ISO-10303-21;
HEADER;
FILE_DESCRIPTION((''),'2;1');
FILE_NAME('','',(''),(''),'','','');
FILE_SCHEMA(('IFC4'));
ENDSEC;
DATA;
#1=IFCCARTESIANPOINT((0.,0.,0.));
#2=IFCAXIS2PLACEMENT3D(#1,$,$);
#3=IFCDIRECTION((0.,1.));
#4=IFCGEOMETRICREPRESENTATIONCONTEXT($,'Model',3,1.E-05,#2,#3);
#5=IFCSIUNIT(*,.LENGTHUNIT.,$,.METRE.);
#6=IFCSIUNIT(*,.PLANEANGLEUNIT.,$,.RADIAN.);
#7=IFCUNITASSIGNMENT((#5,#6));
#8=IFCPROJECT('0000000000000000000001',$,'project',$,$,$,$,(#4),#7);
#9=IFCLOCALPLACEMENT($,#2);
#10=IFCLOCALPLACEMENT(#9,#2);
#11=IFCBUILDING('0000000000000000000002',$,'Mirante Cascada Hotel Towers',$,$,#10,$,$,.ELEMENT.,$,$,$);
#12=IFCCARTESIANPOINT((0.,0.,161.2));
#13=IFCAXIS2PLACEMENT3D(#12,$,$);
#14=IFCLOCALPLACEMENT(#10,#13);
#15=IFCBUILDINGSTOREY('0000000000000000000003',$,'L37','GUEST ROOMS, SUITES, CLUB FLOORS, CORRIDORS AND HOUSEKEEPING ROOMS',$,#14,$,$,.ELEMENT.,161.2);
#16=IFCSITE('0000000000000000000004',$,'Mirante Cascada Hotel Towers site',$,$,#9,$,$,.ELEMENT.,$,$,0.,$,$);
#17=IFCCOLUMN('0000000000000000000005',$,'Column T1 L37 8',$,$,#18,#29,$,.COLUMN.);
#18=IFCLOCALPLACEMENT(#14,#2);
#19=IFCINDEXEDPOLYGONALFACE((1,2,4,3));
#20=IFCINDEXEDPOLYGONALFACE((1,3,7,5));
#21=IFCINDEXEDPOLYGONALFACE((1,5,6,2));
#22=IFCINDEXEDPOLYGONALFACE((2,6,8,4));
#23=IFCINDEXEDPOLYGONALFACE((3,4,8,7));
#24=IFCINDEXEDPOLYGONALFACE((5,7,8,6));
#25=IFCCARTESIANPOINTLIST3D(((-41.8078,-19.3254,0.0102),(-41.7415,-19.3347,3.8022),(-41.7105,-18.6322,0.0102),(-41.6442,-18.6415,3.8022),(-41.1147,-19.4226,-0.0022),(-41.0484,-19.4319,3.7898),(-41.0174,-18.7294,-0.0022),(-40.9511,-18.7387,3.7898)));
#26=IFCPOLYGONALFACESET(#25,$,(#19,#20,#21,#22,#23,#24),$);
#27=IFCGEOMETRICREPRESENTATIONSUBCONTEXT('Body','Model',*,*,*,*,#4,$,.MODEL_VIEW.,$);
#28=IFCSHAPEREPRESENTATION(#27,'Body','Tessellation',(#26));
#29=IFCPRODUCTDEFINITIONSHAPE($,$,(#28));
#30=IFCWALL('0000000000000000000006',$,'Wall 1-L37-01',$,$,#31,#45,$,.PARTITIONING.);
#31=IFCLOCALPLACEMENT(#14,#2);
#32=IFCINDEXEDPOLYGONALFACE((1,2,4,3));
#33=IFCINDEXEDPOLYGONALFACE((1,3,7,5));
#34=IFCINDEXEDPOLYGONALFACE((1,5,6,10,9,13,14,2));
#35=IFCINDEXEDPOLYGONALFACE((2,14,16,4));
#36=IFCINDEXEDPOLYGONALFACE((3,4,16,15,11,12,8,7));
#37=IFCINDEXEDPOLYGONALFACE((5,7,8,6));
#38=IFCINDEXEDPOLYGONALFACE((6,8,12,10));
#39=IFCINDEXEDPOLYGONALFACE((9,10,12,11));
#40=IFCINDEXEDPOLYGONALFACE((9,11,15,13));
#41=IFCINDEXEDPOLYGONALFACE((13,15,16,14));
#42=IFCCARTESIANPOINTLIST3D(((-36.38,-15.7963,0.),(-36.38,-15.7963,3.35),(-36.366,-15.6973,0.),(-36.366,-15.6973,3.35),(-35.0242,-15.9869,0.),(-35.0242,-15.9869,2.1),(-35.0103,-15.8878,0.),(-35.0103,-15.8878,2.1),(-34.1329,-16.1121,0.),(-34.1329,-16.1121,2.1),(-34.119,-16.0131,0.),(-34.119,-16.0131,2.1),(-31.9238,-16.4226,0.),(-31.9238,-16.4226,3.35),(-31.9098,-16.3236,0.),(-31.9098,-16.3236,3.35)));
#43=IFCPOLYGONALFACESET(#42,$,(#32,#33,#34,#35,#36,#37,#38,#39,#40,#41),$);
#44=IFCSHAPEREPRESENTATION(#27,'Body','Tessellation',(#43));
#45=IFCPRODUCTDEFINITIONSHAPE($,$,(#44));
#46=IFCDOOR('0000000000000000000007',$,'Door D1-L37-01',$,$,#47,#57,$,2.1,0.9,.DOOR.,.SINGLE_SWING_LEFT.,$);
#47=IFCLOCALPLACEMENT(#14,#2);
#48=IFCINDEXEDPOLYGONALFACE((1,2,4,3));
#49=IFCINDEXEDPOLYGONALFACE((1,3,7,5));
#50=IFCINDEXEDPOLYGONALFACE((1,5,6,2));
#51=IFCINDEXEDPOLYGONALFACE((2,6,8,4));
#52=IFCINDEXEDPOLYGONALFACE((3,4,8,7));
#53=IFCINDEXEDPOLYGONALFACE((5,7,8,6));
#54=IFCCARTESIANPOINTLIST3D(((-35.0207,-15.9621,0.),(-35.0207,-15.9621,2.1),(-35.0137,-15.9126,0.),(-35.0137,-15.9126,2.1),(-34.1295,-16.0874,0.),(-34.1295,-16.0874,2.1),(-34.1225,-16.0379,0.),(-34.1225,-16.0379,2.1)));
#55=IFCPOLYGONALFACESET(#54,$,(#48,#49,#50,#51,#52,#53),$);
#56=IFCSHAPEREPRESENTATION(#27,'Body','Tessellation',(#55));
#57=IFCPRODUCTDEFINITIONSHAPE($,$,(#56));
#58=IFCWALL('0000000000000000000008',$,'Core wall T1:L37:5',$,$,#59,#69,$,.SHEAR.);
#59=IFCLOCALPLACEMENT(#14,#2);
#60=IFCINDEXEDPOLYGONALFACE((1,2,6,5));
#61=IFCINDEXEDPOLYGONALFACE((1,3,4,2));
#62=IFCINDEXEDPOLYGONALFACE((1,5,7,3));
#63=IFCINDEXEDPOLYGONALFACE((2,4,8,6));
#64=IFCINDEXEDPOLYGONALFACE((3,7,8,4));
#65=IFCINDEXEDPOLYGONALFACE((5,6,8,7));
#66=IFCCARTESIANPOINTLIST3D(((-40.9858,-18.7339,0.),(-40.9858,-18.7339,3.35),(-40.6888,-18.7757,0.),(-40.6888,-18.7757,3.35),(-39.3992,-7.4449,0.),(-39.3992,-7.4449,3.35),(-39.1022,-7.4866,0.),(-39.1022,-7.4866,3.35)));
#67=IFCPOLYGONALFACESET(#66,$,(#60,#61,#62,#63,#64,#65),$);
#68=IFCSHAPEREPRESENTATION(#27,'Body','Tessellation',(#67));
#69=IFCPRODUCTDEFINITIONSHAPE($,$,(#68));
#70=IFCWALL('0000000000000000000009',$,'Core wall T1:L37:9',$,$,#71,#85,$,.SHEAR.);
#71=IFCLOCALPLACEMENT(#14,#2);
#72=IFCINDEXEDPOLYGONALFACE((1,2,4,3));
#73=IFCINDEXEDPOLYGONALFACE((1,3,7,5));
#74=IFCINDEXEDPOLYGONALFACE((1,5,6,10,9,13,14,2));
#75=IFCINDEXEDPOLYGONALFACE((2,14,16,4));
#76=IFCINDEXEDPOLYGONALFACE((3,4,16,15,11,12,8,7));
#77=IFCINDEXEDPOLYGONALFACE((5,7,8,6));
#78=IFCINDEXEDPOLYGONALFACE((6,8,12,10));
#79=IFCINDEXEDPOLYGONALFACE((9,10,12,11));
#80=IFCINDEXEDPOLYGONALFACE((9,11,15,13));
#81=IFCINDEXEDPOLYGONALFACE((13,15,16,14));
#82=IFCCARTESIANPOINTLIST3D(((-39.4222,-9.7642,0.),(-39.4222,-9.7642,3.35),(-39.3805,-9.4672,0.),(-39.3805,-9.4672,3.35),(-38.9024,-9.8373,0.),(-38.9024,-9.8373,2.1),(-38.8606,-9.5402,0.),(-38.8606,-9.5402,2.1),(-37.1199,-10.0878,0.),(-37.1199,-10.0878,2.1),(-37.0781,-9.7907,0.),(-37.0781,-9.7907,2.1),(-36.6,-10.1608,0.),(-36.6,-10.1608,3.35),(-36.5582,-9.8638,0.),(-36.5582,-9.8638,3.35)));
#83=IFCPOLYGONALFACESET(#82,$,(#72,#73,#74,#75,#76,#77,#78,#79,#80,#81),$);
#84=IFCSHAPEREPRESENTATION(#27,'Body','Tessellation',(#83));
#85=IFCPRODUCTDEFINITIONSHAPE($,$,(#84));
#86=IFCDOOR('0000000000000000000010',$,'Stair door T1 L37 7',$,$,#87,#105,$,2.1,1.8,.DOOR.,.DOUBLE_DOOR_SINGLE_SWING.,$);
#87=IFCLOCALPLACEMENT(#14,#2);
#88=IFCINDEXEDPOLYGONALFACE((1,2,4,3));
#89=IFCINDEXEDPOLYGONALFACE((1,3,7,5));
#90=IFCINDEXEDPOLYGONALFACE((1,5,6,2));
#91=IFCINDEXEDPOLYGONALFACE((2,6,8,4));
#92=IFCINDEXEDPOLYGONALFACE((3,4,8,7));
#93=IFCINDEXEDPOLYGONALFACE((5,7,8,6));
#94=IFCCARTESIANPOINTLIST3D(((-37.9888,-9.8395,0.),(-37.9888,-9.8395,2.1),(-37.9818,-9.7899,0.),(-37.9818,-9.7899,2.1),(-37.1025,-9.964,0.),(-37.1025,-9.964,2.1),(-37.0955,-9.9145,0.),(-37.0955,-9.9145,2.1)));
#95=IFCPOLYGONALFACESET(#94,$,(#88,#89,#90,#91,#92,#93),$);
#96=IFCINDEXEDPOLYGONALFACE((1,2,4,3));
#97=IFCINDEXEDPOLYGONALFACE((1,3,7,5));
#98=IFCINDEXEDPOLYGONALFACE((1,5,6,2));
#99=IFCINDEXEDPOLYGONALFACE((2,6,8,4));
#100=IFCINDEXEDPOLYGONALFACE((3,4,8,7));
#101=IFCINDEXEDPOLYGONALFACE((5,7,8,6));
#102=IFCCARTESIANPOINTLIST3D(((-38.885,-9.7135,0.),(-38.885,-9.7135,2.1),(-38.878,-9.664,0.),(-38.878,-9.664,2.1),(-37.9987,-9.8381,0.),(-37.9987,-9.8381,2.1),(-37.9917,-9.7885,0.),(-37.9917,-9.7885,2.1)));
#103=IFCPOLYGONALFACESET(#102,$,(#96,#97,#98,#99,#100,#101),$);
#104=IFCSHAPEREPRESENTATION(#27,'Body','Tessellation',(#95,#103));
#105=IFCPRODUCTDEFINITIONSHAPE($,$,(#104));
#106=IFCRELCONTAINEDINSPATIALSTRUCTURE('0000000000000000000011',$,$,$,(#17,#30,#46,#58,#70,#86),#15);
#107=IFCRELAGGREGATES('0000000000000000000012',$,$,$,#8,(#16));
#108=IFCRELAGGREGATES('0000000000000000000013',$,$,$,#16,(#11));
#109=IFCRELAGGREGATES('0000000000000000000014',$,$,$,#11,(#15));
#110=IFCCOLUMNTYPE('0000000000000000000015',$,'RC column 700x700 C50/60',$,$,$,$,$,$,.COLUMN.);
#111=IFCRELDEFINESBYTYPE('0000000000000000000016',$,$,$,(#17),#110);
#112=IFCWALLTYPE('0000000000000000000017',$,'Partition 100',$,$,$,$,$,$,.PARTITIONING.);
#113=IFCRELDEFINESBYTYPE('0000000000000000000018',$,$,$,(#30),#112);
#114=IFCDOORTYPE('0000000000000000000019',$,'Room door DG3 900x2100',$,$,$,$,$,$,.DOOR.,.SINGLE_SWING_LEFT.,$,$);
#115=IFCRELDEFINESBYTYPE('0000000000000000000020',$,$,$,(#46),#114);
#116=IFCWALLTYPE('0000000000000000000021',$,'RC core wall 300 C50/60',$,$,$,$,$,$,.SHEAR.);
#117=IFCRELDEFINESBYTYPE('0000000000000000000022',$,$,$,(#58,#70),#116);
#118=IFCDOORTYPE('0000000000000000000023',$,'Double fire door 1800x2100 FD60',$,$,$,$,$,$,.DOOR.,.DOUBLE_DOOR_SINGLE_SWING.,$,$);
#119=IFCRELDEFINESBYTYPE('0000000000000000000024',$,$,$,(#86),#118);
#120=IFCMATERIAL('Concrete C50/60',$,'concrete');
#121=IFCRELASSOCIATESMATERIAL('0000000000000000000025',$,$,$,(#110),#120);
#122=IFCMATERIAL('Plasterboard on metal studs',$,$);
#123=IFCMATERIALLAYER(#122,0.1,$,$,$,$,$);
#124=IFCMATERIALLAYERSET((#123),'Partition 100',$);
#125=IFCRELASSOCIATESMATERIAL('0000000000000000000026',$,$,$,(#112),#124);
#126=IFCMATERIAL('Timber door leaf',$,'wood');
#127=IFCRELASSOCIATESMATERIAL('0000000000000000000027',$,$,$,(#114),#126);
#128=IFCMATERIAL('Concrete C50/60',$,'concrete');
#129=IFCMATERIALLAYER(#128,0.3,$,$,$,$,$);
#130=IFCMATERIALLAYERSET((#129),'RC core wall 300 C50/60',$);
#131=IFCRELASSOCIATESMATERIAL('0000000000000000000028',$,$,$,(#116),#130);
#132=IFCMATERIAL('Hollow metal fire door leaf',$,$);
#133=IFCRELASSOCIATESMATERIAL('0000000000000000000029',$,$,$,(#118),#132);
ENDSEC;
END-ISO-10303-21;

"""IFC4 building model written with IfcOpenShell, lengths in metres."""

from ifc_helpers import new_model, si_unit, direction, frame, frame_2d, origin, origin_2d, place, context, subcontext, project, spatial, rectangle, extrude, material, layer, layer_set, material_profile, profile_set, type_object, element, fill, save


model = new_model("IFC4")

# Units and contexts
model_context = context("Model", 3, precision=1e-05, world=origin(), true_north=direction((0.0, 1.0)))
body_context = subcontext(model_context, "Body", "Model", "MODEL_VIEW")
ifc_project = project(units=[si_unit("LENGTHUNIT", "METRE"), si_unit("PLANEANGLEUNIT", "RADIAN")], contexts=[model_context])

# Site, building, storey
site_placement = place(None, origin())
site = spatial("IfcSite", under=ifc_project, at=site_placement, Name="Mirante Cascada Hotel Towers site", CompositionType="ELEMENT", RefElevation=0.0)
building_placement = place(site_placement, origin())
building = spatial("IfcBuilding", under=site, at=building_placement, Name="Mirante Cascada Hotel Towers", CompositionType="ELEMENT")
storey_placement = place(building_placement, frame((0.0, 0.0, 161.2)))
storey = spatial("IfcBuildingStorey", under=building, at=storey_placement, Name="L37", Description="GUEST ROOMS, SUITES, CLUB FLOORS, CORRIDORS AND HOUSEKEEPING ROOMS", CompositionType="ELEMENT", Elevation=161.2)

# Column
ifc_material_1 = material(Name="Concrete C50/60", Category="concrete")
ifc_material_profile = material_profile(ifc_material_1, rectangle(XDim=0.7, YDim=0.7, at=origin_2d()), Name="RC column 700x700 C50/60")
ifc_profile_set = profile_set([ifc_material_profile], Name="Concrete C50/60")
column_type = type_object("IfcColumnType", Name="RC column 700x700 C50/60", PredefinedType="COLUMN", material=ifc_profile_set)
column_placement = place(storey_placement, frame((-41.4126, -19.0274, 0.004), z_axis=(0.017482, -0.002452, 0.999844), x_axis=(0.138911, 0.990305, 0.0)))
element("IfcColumn", 1, at=column_placement, inside=storey, type_object=column_type, Name="Column T1 L37 8", PredefinedType="COLUMN", context=body_context, shape_type="SweptSolid", body=[
    extrude(rectangle(XDim=0.7, YDim=0.7, at=origin_2d()), origin(), (0.0, 0.0, 1.0), 3.7926),
])

# Wall, opening, door
ifc_material_2 = material(Name="Plasterboard on metal studs")
ifc_layer_1 = layer(ifc_material_2, 0.1)
ifc_layer_set_1 = layer_set([ifc_layer_1], Name="Partition 100")
wall_type_1 = type_object("IfcWallType", Name="Partition 100", PredefinedType="PARTITIONING", material=ifc_layer_set_1)
wall_1_placement = place(storey_placement, frame((-36.373, -15.7468, 0.0), z_axis=(0.0, 0.0, 1.0), x_axis=(0.990267, -0.139178, 0.0)))
wall_1 = element("IfcWall", 2, at=wall_1_placement, inside=storey, type_object=wall_type_1, Name="Wall 1-L37-01", PredefinedType="PARTITIONING", context=body_context, shape_type="SweptSolid", body=[
    extrude(rectangle(XDim=4.5, YDim=0.1, at=frame_2d((2.25, 0.0))), origin(), (0.0, 0.0, 1.0), 3.35),
])
opening_1_placement = place(wall_1_placement, frame((1.3691, 0.0, 0.0)))
opening_1 = element("IfcOpeningElement", 3, at=opening_1_placement, cuts=wall_1, PredefinedType="OPENING", context=body_context, shape_type="SweptSolid", body=[
    extrude(rectangle(XDim=0.9, YDim=2.1, at=frame_2d((0.45, 1.05))), frame((0.0, 0.05, 0.0), z_axis=(0.0, -1.0, 0.0), x_axis=(1.0, 0.0, 0.0)), (0.0, 0.0, 1.0), 0.1),
])
ifc_material_3 = material(Name="Timber door leaf", Category="wood")
door_type_1 = type_object("IfcDoorType", Name="Room door DG3 900x2100", OperationType="SINGLE_SWING_LEFT", PredefinedType="DOOR", material=ifc_material_3)
door_1_placement = place(opening_1_placement, origin())
door_1 = element("IfcDoor", 4, at=door_1_placement, inside=storey, type_object=door_type_1, Name="Door D1-L37-01", OperationType="SINGLE_SWING_LEFT", OverallHeight=2.1, OverallWidth=0.9, PredefinedType="DOOR", context=body_context, shape_type="SweptSolid", body=[
    extrude(rectangle(XDim=0.9, YDim=2.1, at=frame_2d((0.45, 1.05))), frame((0.0, 0.025, 0.0), z_axis=(0.0, -1.0, 0.0), x_axis=(1.0, 0.0, 0.0)), (0.0, 0.0, 1.0), 0.05),
])
fill(opening_1, door_1)

# Wall
ifc_material_4 = material(Name="Concrete C50/60", Category="concrete")
ifc_layer_2 = layer(ifc_material_4, 0.3)
ifc_layer_set_2 = layer_set([ifc_layer_2], Name="RC core wall 300 C50/60")
wall_type_2 = type_object("IfcWallType", Name="RC core wall 300 C50/60", PredefinedType="SHEAR", material=ifc_layer_set_2)
wall_2_placement = place(storey_placement, frame((-40.8373, -18.7548, 0.0), z_axis=(0.0, 0.0, 1.0), x_axis=(0.139175, 0.990268, 0.0)))
element("IfcWall", 5, at=wall_2_placement, inside=storey, type_object=wall_type_2, Name="Core wall T1:L37:5", PredefinedType="SHEAR", context=body_context, shape_type="SweptSolid", body=[
    extrude(rectangle(XDim=11.4, YDim=0.3, at=frame_2d((5.7, 0.0))), origin(), (0.0, 0.0, 1.0), 3.35),
])

# Wall, opening, door
wall_3_placement = place(storey_placement, frame((-36.5791, -10.0123, 0.0), z_axis=(0.0, 0.0, 1.0), x_axis=(-0.99027, 0.139156, 0.0)))
wall_3 = element("IfcWall", 6, at=wall_3_placement, inside=storey, type_object=wall_type_2, Name="Core wall T1:L37:9", PredefinedType="SHEAR", context=body_context, shape_type="SweptSolid", body=[
    extrude(rectangle(XDim=2.85, YDim=0.3, at=frame_2d((1.425, 0.0))), origin(), (0.0, 0.0, 1.0), 3.35),
])
opening_2_placement = place(wall_3_placement, frame((0.525, 0.0, 0.0)))
opening_2 = element("IfcOpeningElement", 7, at=opening_2_placement, cuts=wall_3, PredefinedType="OPENING", context=body_context, shape_type="SweptSolid", body=[
    extrude(rectangle(XDim=1.8, YDim=2.1, at=frame_2d((0.9, 1.05))), frame((0.0, 0.15, 0.0), z_axis=(0.0, -1.0, 0.0), x_axis=(1.0, 0.0, 0.0)), (0.0, 0.0, 1.0), 0.3),
])
ifc_material_5 = material(Name="Hollow metal fire door leaf")
door_type_2 = type_object("IfcDoorType", Name="Double fire door 1800x2100 FD60", OperationType="DOUBLE_DOOR_SINGLE_SWING", PredefinedType="DOOR", material=ifc_material_5)
door_2_placement = place(opening_2_placement, origin())
door_2 = element("IfcDoor", 8, at=door_2_placement, inside=storey, type_object=door_type_2, Name="Stair door T1 L37 7", OperationType="DOUBLE_DOOR_SINGLE_SWING", OverallHeight=2.1, OverallWidth=1.8, PredefinedType="DOOR", context=body_context, shape_type="SweptSolid", body=[
    extrude(rectangle(XDim=0.895, YDim=2.1, at=frame_2d((0.4475, 1.05))), frame((0.0, 0.025, 0.0), z_axis=(0.0, -1.0, 0.0), x_axis=(1.0, 0.0, 0.0)), (0.0, 0.0, 1.0), 0.05),
    extrude(rectangle(XDim=0.895, YDim=2.1, at=frame_2d((1.3525, 1.05))), frame((0.0, 0.025, 0.0), z_axis=(0.0, -1.0, 0.0), x_axis=(1.0, 0.0, 0.0)), (0.0, 0.0, 1.0), 0.05),
])
fill(opening_2, door_2)

save(model, "model.ifc")
